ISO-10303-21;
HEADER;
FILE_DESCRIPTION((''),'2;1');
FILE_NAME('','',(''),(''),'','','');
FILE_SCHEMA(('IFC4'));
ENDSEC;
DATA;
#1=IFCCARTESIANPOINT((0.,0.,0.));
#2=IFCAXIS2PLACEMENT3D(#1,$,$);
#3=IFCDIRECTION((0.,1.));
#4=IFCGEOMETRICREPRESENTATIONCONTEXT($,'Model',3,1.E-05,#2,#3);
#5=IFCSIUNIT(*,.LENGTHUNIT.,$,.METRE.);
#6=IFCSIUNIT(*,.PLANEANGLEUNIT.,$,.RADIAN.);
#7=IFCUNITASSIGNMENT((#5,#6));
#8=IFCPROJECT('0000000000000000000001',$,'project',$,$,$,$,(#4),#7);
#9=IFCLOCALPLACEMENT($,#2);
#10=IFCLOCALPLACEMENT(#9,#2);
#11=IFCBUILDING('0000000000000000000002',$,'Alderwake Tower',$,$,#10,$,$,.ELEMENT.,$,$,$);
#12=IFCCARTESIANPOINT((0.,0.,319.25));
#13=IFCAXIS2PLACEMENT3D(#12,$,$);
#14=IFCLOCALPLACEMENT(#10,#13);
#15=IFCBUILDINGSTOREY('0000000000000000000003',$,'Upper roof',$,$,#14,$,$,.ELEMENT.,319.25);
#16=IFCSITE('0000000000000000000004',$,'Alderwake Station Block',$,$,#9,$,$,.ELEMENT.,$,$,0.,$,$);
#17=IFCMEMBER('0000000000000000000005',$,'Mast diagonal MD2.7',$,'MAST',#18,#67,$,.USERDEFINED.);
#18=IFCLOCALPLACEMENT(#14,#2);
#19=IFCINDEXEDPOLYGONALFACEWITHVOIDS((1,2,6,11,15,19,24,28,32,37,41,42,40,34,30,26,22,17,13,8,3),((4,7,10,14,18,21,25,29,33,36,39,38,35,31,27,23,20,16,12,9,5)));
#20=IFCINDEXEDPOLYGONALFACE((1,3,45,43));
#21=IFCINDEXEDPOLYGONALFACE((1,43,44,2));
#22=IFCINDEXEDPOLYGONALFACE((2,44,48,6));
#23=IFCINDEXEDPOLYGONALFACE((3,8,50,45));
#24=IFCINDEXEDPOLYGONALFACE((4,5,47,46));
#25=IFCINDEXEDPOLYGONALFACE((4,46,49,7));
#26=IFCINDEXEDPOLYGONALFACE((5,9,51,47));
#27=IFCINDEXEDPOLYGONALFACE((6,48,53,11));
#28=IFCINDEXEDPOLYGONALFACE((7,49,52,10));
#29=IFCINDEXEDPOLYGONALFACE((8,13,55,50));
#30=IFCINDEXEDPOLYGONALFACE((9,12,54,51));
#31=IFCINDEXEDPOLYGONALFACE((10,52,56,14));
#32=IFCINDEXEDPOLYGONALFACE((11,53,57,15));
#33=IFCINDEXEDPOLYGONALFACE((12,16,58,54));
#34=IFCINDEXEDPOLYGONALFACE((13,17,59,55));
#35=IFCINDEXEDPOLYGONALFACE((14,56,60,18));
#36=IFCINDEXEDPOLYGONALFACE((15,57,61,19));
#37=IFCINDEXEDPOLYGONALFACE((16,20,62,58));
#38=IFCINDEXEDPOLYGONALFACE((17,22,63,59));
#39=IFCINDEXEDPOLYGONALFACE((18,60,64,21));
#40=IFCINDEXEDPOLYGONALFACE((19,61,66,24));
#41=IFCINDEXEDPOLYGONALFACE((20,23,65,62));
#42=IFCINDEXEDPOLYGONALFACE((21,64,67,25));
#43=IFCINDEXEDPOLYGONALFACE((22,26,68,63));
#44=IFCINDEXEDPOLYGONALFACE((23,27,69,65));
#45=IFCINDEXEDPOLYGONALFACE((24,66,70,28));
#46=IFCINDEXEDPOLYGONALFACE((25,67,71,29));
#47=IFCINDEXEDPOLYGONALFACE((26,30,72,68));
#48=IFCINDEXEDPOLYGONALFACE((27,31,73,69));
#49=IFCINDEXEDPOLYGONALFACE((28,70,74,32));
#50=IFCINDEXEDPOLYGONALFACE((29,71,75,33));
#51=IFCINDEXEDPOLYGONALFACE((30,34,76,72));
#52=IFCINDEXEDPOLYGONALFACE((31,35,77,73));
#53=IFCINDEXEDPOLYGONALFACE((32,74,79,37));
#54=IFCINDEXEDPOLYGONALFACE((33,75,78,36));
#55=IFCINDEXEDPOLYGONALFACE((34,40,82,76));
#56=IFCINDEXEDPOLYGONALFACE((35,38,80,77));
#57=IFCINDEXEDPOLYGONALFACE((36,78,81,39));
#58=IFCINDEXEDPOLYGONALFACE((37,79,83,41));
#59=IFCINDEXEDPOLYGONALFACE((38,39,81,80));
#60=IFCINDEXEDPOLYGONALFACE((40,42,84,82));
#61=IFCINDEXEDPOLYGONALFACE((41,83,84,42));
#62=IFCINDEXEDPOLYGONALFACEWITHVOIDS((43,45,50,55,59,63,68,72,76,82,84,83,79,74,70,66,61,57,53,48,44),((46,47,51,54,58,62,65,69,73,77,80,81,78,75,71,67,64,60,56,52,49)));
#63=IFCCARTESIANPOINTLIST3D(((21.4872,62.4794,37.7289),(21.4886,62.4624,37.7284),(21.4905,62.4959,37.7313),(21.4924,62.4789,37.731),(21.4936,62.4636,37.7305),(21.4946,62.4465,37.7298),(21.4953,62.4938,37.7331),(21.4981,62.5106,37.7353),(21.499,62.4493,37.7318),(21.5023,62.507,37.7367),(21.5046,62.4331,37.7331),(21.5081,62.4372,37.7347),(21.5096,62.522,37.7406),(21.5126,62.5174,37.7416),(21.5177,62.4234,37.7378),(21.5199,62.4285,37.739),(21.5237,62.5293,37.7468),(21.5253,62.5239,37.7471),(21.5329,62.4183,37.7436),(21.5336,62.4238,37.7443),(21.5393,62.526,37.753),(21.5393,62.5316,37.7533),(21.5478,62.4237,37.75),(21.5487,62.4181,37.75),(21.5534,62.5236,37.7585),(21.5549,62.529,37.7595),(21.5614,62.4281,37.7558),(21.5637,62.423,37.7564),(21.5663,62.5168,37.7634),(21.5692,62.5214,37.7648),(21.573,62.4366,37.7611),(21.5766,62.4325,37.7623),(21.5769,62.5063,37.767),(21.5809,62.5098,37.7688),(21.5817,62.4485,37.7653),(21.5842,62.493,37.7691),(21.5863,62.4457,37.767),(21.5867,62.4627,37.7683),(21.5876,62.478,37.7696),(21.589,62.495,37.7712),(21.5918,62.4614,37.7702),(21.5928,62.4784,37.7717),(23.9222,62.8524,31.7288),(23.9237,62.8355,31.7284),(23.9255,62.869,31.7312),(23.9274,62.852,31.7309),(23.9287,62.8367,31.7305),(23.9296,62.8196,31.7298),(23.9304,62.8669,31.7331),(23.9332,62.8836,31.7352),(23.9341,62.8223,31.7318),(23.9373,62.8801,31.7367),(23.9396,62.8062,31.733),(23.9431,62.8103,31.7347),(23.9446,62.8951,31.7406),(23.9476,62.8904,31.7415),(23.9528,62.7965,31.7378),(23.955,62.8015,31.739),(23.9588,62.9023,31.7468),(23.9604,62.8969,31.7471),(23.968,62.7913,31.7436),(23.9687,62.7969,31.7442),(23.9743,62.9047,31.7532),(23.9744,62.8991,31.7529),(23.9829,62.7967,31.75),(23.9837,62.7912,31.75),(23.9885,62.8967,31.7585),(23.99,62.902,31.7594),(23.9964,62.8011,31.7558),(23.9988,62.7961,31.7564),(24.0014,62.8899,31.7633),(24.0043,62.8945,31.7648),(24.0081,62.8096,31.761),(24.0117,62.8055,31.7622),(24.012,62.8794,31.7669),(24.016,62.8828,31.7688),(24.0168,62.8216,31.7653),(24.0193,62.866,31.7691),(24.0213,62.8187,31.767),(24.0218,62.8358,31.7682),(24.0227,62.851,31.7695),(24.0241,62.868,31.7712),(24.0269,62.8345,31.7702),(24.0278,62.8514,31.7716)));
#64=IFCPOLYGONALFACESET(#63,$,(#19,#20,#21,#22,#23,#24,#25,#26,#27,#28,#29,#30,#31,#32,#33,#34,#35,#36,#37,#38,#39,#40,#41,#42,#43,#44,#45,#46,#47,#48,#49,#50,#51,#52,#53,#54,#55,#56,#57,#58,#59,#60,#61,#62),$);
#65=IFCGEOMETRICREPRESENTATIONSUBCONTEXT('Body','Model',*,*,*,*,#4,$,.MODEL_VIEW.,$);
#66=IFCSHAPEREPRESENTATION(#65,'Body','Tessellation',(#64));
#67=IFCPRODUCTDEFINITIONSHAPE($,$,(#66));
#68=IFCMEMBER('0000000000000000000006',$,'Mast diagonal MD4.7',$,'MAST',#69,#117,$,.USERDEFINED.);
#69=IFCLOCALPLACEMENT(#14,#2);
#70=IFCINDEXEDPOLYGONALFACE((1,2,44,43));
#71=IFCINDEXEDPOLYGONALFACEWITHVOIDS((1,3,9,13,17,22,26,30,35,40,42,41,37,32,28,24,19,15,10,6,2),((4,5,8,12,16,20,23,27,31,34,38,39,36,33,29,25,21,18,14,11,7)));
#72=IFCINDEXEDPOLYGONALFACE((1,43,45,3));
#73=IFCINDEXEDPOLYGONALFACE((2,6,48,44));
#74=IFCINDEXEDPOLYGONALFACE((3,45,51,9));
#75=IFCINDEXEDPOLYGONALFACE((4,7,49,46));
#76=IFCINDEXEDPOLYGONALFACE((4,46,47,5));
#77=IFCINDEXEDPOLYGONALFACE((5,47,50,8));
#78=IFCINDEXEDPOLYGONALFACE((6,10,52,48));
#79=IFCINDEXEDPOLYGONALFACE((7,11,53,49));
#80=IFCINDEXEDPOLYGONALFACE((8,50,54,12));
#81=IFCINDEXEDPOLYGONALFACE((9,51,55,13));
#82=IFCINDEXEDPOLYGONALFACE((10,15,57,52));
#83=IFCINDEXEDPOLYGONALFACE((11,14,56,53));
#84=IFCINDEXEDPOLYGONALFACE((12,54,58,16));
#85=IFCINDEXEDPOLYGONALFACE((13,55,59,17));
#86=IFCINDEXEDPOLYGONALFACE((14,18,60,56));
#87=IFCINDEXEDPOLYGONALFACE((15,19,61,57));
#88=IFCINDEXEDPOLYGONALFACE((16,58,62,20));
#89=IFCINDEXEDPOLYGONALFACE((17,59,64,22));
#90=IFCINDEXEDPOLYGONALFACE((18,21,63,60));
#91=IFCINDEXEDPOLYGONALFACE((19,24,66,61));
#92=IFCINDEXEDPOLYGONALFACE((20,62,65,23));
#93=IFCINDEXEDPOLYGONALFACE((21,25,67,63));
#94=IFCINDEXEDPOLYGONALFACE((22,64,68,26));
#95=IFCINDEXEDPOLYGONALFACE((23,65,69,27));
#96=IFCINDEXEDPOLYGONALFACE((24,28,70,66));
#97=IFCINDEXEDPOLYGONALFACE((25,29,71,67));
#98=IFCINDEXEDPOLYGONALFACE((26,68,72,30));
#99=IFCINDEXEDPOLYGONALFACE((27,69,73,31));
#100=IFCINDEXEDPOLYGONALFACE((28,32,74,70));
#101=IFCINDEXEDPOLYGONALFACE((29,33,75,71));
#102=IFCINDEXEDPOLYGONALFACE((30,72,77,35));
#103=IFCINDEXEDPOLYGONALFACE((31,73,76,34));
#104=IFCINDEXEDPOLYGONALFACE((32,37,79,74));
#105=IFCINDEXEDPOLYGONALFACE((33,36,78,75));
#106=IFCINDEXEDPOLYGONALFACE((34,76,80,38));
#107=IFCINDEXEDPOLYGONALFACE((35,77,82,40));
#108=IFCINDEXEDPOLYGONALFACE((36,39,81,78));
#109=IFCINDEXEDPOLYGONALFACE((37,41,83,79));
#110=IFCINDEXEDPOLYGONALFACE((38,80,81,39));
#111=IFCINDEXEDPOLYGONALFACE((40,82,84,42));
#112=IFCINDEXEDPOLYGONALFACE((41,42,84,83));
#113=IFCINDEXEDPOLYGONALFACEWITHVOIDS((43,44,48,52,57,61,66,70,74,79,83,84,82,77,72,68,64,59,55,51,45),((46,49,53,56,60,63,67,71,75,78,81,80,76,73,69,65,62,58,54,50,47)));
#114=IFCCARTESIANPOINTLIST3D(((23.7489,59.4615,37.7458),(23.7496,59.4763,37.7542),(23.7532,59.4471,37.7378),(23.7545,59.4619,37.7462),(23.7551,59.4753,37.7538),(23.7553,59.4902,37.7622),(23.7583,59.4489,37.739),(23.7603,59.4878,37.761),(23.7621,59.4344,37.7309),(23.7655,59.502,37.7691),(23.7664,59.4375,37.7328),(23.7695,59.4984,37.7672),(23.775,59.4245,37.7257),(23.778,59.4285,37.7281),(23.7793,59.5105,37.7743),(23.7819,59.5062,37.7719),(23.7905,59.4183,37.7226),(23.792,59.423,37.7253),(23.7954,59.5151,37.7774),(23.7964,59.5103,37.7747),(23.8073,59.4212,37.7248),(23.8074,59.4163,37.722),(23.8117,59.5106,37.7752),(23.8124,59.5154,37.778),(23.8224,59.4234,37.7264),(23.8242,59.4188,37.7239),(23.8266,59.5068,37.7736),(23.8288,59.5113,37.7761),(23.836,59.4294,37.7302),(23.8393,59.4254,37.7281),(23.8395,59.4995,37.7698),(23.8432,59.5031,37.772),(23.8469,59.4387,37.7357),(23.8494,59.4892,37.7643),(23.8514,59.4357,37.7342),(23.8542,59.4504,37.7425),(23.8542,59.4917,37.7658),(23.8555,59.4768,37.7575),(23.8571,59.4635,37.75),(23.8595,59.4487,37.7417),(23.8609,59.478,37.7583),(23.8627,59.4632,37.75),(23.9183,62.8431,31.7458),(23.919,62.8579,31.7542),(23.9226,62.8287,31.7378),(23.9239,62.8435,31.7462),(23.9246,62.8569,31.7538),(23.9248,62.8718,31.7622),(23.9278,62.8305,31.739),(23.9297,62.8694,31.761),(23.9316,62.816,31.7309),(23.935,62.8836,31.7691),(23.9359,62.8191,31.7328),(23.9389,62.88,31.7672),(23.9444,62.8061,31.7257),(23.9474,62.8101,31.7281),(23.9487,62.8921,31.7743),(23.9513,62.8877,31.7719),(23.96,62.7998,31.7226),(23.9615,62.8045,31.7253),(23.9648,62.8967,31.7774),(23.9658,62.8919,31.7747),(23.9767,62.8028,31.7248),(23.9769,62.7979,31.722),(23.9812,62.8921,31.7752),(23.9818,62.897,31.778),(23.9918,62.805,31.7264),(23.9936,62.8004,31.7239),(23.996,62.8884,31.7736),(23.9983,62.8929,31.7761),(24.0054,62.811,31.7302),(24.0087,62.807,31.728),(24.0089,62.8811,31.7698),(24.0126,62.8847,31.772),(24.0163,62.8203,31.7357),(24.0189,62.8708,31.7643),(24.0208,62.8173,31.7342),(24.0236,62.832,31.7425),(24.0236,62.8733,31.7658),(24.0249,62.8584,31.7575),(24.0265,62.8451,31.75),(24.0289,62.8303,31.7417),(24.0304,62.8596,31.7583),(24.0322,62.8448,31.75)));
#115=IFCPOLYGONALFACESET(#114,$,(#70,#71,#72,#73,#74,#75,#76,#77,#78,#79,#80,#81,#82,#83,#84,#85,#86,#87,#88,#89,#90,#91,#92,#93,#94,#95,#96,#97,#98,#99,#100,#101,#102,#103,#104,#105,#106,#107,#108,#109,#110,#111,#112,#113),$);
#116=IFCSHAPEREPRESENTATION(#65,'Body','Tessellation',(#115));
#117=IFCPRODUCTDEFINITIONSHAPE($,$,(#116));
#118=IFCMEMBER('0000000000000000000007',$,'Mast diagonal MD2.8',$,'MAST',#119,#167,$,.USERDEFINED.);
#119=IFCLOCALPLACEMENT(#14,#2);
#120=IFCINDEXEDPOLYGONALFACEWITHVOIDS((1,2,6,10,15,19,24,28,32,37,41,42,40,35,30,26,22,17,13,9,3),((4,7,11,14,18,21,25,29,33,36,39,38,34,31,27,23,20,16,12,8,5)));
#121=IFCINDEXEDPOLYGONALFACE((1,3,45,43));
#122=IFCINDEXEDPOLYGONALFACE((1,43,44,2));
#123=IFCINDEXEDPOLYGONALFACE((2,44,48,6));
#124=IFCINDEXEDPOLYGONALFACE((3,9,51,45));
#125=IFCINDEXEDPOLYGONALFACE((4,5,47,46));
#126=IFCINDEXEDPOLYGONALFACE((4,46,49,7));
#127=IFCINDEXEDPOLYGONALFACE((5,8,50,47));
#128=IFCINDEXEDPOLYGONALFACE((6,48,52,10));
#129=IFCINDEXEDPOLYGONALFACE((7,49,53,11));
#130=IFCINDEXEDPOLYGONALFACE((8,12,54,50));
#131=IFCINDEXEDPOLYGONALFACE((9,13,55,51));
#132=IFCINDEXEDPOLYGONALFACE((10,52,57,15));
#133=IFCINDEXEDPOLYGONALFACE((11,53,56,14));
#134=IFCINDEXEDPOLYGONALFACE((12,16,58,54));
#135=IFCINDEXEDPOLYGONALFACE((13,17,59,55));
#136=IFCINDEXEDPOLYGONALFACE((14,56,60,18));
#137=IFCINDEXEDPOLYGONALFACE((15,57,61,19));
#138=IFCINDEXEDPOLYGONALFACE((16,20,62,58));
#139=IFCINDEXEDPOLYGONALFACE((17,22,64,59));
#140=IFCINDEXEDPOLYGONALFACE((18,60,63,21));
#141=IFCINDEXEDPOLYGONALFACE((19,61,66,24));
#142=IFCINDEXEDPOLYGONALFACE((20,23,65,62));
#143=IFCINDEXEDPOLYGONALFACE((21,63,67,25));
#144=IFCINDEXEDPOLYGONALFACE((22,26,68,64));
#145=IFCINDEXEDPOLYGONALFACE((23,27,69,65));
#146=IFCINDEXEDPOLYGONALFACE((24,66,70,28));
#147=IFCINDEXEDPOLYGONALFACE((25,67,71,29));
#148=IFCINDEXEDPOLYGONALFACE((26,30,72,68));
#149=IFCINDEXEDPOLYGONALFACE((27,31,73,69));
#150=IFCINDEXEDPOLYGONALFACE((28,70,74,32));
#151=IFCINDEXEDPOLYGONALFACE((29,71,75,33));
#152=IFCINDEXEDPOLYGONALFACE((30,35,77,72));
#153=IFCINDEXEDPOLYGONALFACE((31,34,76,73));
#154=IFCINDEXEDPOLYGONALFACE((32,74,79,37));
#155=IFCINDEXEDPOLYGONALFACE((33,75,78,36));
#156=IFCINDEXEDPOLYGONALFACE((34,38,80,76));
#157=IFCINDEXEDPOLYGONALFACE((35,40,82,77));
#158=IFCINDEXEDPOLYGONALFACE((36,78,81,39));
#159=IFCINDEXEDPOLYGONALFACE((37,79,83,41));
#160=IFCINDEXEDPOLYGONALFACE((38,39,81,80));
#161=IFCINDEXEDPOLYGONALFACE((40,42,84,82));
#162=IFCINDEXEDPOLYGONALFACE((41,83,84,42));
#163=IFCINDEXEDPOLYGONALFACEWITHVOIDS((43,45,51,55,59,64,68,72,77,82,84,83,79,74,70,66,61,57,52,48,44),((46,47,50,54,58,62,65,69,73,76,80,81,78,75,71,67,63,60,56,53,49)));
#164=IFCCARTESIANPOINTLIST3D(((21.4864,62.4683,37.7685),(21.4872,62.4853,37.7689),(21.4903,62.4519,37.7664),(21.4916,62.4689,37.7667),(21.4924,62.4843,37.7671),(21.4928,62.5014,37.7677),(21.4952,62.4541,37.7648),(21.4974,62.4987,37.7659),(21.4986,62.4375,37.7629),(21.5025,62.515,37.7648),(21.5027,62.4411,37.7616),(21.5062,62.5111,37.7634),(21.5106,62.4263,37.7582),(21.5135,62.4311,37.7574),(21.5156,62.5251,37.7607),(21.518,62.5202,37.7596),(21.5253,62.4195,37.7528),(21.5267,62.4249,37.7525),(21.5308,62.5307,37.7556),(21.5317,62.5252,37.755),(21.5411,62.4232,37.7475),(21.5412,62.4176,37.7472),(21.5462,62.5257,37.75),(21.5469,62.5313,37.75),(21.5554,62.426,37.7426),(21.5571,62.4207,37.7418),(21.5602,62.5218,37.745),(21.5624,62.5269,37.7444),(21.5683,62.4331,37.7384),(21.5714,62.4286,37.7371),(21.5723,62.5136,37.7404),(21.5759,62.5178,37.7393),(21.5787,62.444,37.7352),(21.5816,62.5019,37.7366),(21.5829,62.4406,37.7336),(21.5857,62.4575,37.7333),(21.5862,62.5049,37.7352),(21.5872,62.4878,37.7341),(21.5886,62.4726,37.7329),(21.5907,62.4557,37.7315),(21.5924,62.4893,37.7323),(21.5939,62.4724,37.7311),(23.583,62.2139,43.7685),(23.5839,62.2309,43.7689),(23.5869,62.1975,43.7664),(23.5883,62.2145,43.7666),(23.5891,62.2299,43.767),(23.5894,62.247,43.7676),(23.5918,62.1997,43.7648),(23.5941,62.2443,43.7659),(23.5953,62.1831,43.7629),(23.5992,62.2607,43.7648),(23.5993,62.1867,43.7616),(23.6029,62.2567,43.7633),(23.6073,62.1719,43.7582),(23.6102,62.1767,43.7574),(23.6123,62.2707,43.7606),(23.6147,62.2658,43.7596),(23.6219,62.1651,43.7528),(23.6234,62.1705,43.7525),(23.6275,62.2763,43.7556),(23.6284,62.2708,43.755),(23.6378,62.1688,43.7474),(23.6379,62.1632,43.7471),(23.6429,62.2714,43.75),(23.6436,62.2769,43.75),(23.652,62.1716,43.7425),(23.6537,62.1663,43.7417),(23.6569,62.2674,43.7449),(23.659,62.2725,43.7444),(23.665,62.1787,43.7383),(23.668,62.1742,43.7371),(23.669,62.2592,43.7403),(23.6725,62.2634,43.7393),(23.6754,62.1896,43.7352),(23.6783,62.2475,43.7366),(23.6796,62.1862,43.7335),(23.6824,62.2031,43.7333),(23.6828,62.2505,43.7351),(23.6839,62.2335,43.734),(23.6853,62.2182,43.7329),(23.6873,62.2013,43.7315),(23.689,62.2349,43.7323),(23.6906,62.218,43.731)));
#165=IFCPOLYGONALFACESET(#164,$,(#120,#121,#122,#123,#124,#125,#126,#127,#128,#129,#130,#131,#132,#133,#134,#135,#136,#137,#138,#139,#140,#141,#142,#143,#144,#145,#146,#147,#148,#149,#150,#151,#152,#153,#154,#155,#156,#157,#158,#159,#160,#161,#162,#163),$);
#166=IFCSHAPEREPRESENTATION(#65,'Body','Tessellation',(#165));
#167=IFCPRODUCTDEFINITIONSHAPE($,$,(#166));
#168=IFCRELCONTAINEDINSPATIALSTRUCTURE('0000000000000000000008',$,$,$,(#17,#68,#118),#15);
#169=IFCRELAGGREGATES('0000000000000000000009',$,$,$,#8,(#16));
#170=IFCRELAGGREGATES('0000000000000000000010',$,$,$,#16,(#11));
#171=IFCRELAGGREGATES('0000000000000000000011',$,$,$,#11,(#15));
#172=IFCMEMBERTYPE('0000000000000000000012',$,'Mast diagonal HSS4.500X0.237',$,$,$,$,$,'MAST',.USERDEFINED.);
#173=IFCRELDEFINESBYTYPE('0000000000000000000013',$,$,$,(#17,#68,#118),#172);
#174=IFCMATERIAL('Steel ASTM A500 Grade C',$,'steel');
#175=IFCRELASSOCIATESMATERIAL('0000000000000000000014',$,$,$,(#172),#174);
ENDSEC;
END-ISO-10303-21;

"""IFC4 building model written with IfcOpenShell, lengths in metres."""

from ifc_helpers import new_model, si_unit, direction, frame, origin, origin_2d, place, context, subcontext, project, spatial, hollow_circle, extrude, material, material_profile, profile_set, type_object, element, save


model = new_model("IFC4")

# Units and contexts
model_context = context("Model", 3, precision=1e-05, world=origin(), true_north=direction((0.0, 1.0)))
body_context = subcontext(model_context, "Body", "Model", "MODEL_VIEW")
ifc_project = project(units=[si_unit("LENGTHUNIT", "METRE"), si_unit("PLANEANGLEUNIT", "RADIAN")], contexts=[model_context])

# Site, building, storey
site_placement = place(None, origin())
site = spatial("IfcSite", under=ifc_project, at=site_placement, Name="Alderwake Station Block", CompositionType="ELEMENT", RefElevation=0.0)
building_placement = place(site_placement, origin())
building = spatial("IfcBuilding", under=site, at=building_placement, Name="Alderwake Tower", CompositionType="ELEMENT")
storey_placement = place(building_placement, frame((0.0, 0.0, 319.25)))
storey = spatial("IfcBuildingStorey", under=building, at=storey_placement, Name="Upper roof", CompositionType="ELEMENT", Elevation=319.25)

# Members
ifc_material_1 = material(Name="Steel ASTM A500 Grade C", Category="steel")
ifc_material_profile_1 = material_profile(ifc_material_1, hollow_circle(Radius=0.0571, WallThickness=0.0056, at=origin_2d()), Name="HSS4.500X0.237")
ifc_profile_set_1 = profile_set([ifc_material_profile_1], Name="Steel ASTM A500 Grade C")
member_type_1 = type_object("IfcMemberType", Name="Mast diagonal HSS4.500X0.237", ElementType="MAST", PredefinedType="USERDEFINED", material=ifc_profile_set_1)
member_1_placement = place(storey_placement, frame((23.9751, 62.8477, 31.75), z_axis=(-0.375431, -0.057515, 0.925064), x_axis=(0.151432, -0.988468, 0.0)))
element("IfcMember", 1, at=member_1_placement, inside=storey, type_object=member_type_1, Name="Mast diagonal MD2.7", ObjectType="MAST", PredefinedType="USERDEFINED", context=body_context, shape_type="SweptSolid", body=[
    extrude(hollow_circle(Radius=0.0571, WallThickness=0.0056, at=origin_2d()), origin(), (0.0, 0.0, 1.0), 6.4861),
])
member_2_placement = place(storey_placement, frame((23.9751, 62.8477, 31.75), z_axis=(-0.024593, -0.49084, 0.870903), x_axis=(0.998747, -0.050042, 0.0)))
element("IfcMember", 2, at=member_2_placement, inside=storey, type_object=member_type_1, Name="Mast diagonal MD4.7", ObjectType="MAST", PredefinedType="USERDEFINED", context=body_context, shape_type="SweptSolid", body=[
    extrude(hollow_circle(Radius=0.0571, WallThickness=0.0056, at=origin_2d()), origin(), (0.0, 0.0, 1.0), 6.8894),
])
member_3_placement = place(storey_placement, frame((21.54, 62.4746, 37.75), z_axis=(0.329621, -0.039994, 0.943266), x_axis=(0.120449, 0.99272, 0.0)))
element("IfcMember", 3, at=member_3_placement, inside=storey, type_object=member_type_1, Name="Mast diagonal MD2.8", ObjectType="MAST", PredefinedType="USERDEFINED", context=body_context, shape_type="SweptSolid", body=[
    extrude(hollow_circle(Radius=0.0571, WallThickness=0.0056, at=origin_2d()), origin(), (0.0, 0.0, 1.0), 6.3608),
])

save(model, "model.ifc")
